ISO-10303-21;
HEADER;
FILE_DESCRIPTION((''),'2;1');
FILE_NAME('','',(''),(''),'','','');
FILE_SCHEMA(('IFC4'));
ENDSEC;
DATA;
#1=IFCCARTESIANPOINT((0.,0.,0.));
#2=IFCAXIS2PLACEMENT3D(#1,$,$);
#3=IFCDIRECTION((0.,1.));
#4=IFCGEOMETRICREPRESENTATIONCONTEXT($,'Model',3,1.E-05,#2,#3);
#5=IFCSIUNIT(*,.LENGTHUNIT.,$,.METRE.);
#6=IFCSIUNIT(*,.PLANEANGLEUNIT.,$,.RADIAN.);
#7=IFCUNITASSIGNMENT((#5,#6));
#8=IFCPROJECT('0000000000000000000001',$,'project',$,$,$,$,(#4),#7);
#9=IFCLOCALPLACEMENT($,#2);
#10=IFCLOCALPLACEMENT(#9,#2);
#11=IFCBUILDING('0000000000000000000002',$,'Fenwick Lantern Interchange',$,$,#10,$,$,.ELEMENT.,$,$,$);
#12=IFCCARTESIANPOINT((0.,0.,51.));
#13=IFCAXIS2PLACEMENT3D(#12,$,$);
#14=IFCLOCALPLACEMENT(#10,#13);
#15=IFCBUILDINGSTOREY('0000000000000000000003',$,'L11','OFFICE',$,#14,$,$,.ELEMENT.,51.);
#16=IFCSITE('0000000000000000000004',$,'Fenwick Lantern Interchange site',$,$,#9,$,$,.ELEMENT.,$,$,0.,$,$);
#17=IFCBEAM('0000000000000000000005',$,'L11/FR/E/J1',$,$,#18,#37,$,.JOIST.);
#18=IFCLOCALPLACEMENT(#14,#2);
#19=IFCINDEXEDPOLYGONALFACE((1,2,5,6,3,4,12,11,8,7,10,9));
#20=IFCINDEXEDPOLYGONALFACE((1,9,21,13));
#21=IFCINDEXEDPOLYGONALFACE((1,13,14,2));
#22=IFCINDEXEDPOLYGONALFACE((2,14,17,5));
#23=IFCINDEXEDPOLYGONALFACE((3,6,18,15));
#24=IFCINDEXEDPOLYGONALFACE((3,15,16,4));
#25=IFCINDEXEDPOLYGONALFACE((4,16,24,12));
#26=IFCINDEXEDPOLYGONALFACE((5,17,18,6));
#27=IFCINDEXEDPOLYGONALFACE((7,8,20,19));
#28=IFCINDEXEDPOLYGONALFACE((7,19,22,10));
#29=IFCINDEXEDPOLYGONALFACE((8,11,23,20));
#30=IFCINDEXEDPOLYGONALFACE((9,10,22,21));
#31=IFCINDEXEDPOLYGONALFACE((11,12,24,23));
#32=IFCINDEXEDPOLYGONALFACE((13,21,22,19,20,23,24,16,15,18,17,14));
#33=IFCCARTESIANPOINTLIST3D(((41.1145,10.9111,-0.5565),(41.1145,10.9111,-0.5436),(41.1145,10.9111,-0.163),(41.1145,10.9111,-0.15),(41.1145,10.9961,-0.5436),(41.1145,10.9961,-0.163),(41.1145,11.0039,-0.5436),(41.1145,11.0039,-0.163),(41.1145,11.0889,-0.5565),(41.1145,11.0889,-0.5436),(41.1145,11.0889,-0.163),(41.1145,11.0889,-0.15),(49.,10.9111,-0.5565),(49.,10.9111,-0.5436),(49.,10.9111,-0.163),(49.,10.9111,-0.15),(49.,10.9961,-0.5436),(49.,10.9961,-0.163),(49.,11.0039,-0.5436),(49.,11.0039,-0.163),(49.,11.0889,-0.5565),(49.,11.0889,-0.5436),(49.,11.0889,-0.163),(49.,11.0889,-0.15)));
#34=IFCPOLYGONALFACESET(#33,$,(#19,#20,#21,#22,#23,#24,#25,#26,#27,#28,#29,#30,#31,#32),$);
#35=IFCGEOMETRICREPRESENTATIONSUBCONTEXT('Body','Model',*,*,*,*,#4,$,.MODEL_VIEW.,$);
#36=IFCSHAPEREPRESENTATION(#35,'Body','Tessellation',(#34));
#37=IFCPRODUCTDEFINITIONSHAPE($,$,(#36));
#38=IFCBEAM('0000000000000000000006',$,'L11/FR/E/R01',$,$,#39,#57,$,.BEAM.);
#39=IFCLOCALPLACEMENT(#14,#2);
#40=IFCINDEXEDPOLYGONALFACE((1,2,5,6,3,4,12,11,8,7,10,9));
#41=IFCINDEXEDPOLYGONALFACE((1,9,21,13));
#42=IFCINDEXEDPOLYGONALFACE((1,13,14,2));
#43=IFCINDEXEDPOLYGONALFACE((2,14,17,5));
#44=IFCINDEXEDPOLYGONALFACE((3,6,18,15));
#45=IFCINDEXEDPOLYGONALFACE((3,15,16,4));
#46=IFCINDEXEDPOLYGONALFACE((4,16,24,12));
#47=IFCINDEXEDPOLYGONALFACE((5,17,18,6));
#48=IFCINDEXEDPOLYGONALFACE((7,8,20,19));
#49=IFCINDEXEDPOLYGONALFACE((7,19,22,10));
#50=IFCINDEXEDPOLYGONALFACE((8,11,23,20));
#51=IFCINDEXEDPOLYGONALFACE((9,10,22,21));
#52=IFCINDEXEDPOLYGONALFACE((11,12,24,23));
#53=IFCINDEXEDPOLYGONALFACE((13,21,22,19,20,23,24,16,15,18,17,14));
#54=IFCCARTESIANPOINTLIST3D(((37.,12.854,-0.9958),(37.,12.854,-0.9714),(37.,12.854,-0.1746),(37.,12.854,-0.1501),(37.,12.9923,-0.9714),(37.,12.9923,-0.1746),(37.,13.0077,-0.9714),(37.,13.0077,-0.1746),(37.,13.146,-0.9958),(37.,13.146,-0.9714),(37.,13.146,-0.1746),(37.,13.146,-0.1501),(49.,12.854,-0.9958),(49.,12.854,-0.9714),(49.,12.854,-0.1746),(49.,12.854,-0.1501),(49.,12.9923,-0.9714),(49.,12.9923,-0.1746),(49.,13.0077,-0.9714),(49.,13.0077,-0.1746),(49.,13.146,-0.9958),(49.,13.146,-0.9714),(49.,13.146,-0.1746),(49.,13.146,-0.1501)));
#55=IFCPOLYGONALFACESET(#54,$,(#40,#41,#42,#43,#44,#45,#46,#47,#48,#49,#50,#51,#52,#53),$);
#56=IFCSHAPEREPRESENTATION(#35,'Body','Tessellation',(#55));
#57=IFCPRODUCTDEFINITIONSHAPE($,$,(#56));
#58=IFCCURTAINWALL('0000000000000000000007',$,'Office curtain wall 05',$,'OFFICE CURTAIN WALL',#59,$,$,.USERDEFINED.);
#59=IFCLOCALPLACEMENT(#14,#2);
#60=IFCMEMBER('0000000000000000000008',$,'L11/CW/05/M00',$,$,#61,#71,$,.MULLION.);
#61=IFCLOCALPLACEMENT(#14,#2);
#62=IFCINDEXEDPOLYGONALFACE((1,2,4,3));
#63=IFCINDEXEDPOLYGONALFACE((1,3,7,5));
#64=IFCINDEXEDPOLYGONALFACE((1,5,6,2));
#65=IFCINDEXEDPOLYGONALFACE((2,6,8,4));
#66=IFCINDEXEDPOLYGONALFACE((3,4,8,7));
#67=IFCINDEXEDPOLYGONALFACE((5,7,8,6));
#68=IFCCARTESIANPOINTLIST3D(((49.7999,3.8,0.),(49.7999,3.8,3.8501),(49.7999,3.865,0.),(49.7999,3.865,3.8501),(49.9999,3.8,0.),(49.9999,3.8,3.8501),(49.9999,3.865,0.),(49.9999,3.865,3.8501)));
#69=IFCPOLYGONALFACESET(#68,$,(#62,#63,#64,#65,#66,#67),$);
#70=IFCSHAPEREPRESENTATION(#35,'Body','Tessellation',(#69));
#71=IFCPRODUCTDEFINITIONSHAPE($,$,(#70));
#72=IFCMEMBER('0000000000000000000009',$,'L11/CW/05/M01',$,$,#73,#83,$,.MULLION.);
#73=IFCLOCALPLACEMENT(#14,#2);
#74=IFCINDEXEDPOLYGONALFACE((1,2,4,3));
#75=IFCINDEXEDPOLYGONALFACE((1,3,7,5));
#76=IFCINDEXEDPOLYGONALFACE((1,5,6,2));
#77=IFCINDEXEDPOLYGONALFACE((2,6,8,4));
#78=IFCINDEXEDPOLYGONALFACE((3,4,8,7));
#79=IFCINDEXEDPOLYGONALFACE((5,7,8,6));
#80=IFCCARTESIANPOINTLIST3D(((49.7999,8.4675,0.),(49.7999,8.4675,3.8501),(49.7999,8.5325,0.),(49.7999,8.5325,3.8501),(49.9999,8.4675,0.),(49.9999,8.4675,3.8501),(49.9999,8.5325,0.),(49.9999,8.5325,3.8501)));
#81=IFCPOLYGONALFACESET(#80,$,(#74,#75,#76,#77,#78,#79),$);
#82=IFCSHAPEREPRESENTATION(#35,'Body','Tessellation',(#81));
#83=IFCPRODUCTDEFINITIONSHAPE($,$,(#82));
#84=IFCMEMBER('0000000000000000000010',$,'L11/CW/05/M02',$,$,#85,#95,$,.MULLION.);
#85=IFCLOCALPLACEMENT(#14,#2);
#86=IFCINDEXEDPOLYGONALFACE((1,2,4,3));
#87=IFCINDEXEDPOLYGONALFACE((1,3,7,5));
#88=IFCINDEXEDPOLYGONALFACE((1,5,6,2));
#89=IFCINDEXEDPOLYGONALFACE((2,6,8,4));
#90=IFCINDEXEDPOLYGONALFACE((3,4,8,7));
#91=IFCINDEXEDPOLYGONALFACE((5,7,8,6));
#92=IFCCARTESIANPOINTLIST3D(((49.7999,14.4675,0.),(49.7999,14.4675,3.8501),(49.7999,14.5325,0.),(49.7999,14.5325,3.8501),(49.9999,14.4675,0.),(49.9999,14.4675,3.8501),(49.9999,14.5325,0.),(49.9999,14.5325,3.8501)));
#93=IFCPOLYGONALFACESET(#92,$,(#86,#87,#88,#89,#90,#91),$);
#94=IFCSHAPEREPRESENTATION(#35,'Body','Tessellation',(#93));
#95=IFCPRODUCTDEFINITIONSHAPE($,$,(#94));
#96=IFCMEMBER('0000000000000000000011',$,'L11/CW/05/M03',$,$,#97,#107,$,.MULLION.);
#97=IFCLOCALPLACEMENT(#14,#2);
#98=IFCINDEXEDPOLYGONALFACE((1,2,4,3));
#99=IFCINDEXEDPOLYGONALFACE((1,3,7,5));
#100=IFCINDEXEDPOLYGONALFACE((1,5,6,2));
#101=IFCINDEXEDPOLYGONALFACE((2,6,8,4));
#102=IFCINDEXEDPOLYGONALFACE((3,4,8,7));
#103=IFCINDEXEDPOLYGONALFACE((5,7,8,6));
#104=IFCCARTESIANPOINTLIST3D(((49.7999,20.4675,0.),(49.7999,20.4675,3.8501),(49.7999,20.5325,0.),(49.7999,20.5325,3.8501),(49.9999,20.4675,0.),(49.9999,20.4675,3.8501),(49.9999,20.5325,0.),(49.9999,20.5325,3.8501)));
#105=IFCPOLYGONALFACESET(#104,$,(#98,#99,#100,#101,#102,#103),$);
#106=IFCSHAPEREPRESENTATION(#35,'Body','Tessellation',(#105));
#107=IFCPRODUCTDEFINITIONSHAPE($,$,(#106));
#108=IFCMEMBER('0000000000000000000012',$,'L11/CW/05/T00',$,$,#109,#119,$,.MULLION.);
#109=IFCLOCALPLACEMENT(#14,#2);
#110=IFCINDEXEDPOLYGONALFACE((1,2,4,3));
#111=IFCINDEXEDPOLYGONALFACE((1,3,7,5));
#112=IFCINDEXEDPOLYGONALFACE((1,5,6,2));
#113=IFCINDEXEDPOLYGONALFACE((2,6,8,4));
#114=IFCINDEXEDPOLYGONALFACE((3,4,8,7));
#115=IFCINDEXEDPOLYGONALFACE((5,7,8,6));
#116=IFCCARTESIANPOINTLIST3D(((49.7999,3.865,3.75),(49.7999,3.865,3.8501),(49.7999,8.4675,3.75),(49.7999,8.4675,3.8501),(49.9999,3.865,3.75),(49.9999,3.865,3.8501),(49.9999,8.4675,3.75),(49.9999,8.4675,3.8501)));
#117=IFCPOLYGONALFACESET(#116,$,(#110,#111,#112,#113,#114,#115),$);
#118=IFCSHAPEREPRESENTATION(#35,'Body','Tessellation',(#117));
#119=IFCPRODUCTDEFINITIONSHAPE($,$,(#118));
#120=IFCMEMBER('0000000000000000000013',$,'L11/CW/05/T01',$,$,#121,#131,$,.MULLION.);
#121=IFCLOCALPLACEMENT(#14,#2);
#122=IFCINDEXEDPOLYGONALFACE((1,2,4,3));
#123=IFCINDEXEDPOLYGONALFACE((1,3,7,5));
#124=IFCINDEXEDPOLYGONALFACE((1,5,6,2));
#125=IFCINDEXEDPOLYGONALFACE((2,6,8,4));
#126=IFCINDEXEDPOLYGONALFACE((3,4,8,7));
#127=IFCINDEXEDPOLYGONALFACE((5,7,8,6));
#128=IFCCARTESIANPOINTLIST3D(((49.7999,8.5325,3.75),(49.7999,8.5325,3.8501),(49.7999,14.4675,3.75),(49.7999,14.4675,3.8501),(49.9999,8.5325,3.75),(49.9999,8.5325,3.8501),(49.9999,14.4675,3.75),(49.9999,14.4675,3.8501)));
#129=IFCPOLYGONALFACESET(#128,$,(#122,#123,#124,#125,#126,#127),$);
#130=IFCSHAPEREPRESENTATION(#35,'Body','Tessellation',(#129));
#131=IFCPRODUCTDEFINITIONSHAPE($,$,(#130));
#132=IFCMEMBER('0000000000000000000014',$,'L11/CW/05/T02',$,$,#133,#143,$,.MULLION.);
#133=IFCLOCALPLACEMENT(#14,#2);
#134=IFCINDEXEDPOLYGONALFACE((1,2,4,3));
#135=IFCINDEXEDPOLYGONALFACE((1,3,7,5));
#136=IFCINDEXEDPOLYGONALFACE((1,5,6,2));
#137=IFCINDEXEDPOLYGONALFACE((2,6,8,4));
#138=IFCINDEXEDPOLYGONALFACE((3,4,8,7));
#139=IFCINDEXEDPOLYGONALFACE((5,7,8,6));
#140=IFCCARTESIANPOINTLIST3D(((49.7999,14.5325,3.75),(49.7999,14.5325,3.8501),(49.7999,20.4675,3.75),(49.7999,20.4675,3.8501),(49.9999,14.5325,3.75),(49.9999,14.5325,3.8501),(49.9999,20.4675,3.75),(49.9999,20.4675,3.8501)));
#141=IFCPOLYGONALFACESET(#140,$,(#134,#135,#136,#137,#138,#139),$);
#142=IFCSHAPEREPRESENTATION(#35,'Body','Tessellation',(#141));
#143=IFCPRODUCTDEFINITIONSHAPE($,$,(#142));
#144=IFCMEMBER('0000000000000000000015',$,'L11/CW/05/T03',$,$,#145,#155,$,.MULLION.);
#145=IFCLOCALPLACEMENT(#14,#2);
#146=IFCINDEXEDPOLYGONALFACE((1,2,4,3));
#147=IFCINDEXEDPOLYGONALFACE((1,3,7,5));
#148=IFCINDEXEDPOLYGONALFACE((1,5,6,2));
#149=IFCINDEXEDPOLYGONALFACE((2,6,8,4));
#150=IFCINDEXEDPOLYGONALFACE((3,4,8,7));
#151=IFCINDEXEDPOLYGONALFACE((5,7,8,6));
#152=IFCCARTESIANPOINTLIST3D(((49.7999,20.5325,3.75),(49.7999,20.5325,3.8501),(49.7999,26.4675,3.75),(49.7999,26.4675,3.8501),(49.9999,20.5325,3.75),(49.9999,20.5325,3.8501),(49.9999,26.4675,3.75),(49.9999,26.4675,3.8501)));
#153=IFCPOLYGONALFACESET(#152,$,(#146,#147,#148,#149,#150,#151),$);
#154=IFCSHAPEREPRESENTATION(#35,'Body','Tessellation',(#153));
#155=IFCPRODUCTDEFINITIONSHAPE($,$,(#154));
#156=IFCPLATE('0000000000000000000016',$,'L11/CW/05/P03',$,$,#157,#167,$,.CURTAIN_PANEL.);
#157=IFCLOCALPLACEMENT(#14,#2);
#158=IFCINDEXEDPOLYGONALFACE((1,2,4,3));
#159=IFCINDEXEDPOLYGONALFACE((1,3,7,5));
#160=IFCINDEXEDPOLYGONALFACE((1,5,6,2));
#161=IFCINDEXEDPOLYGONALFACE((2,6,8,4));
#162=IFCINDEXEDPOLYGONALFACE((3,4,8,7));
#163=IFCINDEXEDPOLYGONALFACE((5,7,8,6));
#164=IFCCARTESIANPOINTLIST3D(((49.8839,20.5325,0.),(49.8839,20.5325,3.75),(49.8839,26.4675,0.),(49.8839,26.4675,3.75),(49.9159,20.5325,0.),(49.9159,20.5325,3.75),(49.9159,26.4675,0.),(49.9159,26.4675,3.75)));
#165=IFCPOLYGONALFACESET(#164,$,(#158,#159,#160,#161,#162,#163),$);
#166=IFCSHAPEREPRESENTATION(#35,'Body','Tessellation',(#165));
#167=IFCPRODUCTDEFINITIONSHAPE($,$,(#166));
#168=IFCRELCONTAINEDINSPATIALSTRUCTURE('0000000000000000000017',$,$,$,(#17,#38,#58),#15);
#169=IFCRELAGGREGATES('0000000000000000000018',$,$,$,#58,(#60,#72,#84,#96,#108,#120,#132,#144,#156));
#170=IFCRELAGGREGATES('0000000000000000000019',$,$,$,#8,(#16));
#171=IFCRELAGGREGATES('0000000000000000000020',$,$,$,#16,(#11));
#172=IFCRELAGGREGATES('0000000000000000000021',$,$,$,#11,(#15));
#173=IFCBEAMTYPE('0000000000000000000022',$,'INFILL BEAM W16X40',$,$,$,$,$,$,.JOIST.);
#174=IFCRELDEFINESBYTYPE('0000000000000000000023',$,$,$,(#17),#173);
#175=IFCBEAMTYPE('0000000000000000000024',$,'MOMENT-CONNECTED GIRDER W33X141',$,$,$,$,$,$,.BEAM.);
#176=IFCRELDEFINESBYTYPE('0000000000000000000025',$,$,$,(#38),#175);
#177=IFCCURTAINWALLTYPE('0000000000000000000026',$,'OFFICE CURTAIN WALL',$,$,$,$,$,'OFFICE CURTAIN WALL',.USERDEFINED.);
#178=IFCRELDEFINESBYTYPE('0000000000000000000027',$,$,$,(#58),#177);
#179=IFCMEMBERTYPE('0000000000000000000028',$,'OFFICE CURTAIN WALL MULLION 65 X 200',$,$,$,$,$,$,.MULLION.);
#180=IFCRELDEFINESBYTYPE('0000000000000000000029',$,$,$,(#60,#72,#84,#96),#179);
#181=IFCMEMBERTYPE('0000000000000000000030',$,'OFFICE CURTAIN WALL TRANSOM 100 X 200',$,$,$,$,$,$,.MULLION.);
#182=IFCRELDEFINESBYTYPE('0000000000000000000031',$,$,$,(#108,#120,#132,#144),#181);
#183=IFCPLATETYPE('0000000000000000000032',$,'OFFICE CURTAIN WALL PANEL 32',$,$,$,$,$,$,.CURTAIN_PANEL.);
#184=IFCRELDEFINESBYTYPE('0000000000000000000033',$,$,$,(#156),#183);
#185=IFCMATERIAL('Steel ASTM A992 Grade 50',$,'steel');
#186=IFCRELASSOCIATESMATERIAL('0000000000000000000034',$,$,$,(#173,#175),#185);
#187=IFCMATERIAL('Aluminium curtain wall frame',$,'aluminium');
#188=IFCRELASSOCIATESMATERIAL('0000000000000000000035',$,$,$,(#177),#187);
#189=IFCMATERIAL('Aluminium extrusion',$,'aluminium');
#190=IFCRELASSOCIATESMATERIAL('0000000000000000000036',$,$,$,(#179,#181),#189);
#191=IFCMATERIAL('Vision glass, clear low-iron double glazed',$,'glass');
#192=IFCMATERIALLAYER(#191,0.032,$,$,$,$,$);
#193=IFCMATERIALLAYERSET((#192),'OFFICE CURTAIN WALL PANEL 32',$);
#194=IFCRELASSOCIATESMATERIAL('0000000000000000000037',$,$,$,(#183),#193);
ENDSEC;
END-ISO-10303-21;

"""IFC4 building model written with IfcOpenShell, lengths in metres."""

from ifc_helpers import new_model, si_unit, direction, frame, origin, origin_2d, place, context, subcontext, project, spatial, rectangle, i_section, extrude, material, layer, layer_set, material_profile, profile_set, type_object, element, aggregate, save


model = new_model("IFC4")

# Units and contexts
model_context = context("Model", 3, precision=1e-05, world=origin(), true_north=direction((0.0, 1.0)))
body_context = subcontext(model_context, "Body", "Model", "MODEL_VIEW")
ifc_project = project(units=[si_unit("LENGTHUNIT", "METRE"), si_unit("PLANEANGLEUNIT", "RADIAN")], contexts=[model_context])

# Site, building, storey
site_placement = place(None, origin())
site = spatial("IfcSite", under=ifc_project, at=site_placement, Name="Fenwick Lantern Interchange site", CompositionType="ELEMENT", RefElevation=0.0)
building_placement = place(site_placement, origin())
building = spatial("IfcBuilding", under=site, at=building_placement, Name="Fenwick Lantern Interchange", CompositionType="ELEMENT")
storey_placement = place(building_placement, frame((0.0, 0.0, 51.0)))
storey = spatial("IfcBuildingStorey", under=building, at=storey_placement, Name="L11", Description="OFFICE", CompositionType="ELEMENT", Elevation=51.0)

# Beams
ifc_material_1 = material(Name="Steel ASTM A992 Grade 50", Category="steel")
ifc_material_profile_1 = material_profile(ifc_material_1, i_section(OverallWidth=0.1777, OverallDepth=0.4065, WebThickness=0.0078, FlangeThickness=0.0129, at=origin_2d()), Name="W16X40")
ifc_profile_set_1 = profile_set([ifc_material_profile_1], Name="Steel ASTM A992 Grade 50")
beam_type_1 = type_object("IfcBeamType", Name="INFILL BEAM W16X40", PredefinedType="JOIST", material=ifc_profile_set_1)
beam_1_placement = place(storey_placement, frame((49.0, 11.0, -0.3533), z_axis=(-1.0, 0.0, 0.0), x_axis=(0.0, -1.0, 0.0)))
element("IfcBeam", 1, at=beam_1_placement, inside=storey, type_object=beam_type_1, Name="L11/FR/E/J1", PredefinedType="JOIST", context=body_context, shape_type="SweptSolid", body=[
    extrude(i_section(OverallWidth=0.1777, OverallDepth=0.4065, WebThickness=0.0078, FlangeThickness=0.0129, at=origin_2d()), origin(), (0.0, 0.0, 1.0), 7.8855),
])
ifc_material_profile_2 = material_profile(ifc_material_1, i_section(OverallWidth=0.292, OverallDepth=0.8457, WebThickness=0.0154, FlangeThickness=0.0244, at=origin_2d()), Name="W33X141")
ifc_profile_set_2 = profile_set([ifc_material_profile_2], Name="Steel ASTM A992 Grade 50")
beam_type_2 = type_object("IfcBeamType", Name="MOMENT-CONNECTED GIRDER W33X141", PredefinedType="BEAM", material=ifc_profile_set_2)
beam_2_placement = place(storey_placement, frame((49.0, 13.0, -0.573), z_axis=(-1.0, 0.0, 0.0), x_axis=(0.0, -1.0, 0.0)))
element("IfcBeam", 2, at=beam_2_placement, inside=storey, type_object=beam_type_2, Name="L11/FR/E/R01", PredefinedType="BEAM", context=body_context, shape_type="SweptSolid", body=[
    extrude(i_section(OverallWidth=0.292, OverallDepth=0.8457, WebThickness=0.0154, FlangeThickness=0.0244, at=origin_2d()), origin(), (0.0, 0.0, 1.0), 12.0),
])

# Curtain wall, members, plate
ifc_material_2 = material(Name="Aluminium curtain wall frame", Category="aluminium")
curtain_wall_type = type_object("IfcCurtainWallType", Name="OFFICE CURTAIN WALL", ElementType="OFFICE CURTAIN WALL", PredefinedType="USERDEFINED", material=ifc_material_2)
curtain_wall_placement = place(storey_placement, origin())
curtain_wall = element("IfcCurtainWall", 3, at=curtain_wall_placement, inside=storey, type_object=curtain_wall_type, Name="Office curtain wall 05", ObjectType="OFFICE CURTAIN WALL", PredefinedType="USERDEFINED")
ifc_material_3 = material(Name="Aluminium extrusion", Category="aluminium")
ifc_material_profile_3 = material_profile(ifc_material_3, rectangle(XDim=0.2, YDim=0.0649, at=origin_2d()), Name="OFFICE CURTAIN WALL MULLION 65 X 200")
ifc_profile_set_3 = profile_set([ifc_material_profile_3], Name="Aluminium extrusion")
member_type_1 = type_object("IfcMemberType", Name="OFFICE CURTAIN WALL MULLION 65 X 200", PredefinedType="MULLION", material=ifc_profile_set_3)
member_1_placement = place(storey_placement, frame((49.8999, 3.8325, 0.0), z_axis=(0.0, 0.0, 1.0), x_axis=(-1.0, 0.0, 0.0)))
member_1 = element("IfcMember", 4, at=member_1_placement, type_object=member_type_1, Name="L11/CW/05/M00", PredefinedType="MULLION", context=body_context, shape_type="SweptSolid", body=[
    extrude(rectangle(XDim=0.2, YDim=0.0649, at=origin_2d()), origin(), (0.0, 0.0, 1.0), 3.8501),
])
member_2_placement = place(storey_placement, frame((49.8999, 8.5, 0.0), z_axis=(0.0, 0.0, 1.0), x_axis=(-1.0, 0.0, 0.0)))
member_2 = element("IfcMember", 5, at=member_2_placement, type_object=member_type_1, Name="L11/CW/05/M01", PredefinedType="MULLION", context=body_context, shape_type="SweptSolid", body=[
    extrude(rectangle(XDim=0.2, YDim=0.0649, at=origin_2d()), origin(), (0.0, 0.0, 1.0), 3.8501),
])
member_3_placement = place(storey_placement, frame((49.8999, 14.5, 0.0), z_axis=(0.0, 0.0, 1.0), x_axis=(-1.0, 0.0, 0.0)))
member_3 = element("IfcMember", 6, at=member_3_placement, type_object=member_type_1, Name="L11/CW/05/M02", PredefinedType="MULLION", context=body_context, shape_type="SweptSolid", body=[
    extrude(rectangle(XDim=0.2, YDim=0.0649, at=origin_2d()), origin(), (0.0, 0.0, 1.0), 3.8501),
])
member_4_placement = place(storey_placement, frame((49.8999, 20.5, 0.0), z_axis=(0.0, 0.0, 1.0), x_axis=(-1.0, 0.0, 0.0)))
member_4 = element("IfcMember", 7, at=member_4_placement, type_object=member_type_1, Name="L11/CW/05/M03", PredefinedType="MULLION", context=body_context, shape_type="SweptSolid", body=[
    extrude(rectangle(XDim=0.2, YDim=0.0649, at=origin_2d()), origin(), (0.0, 0.0, 1.0), 3.8501),
])
ifc_material_profile_4 = material_profile(ifc_material_3, rectangle(XDim=0.2, YDim=0.1001, at=origin_2d()), Name="OFFICE CURTAIN WALL TRANSOM 100 X 200")
ifc_profile_set_4 = profile_set([ifc_material_profile_4], Name="Aluminium extrusion")
member_type_2 = type_object("IfcMemberType", Name="OFFICE CURTAIN WALL TRANSOM 100 X 200", PredefinedType="MULLION", material=ifc_profile_set_4)
member_5_placement = place(storey_placement, frame((49.8999, 3.865, 3.8), z_axis=(0.0, 1.0, 0.0), x_axis=(-1.0, 0.0, 0.0)))
member_5 = element("IfcMember", 8, at=member_5_placement, type_object=member_type_2, Name="L11/CW/05/T00", PredefinedType="MULLION", context=body_context, shape_type="SweptSolid", body=[
    extrude(rectangle(XDim=0.2, YDim=0.1001, at=origin_2d()), origin(), (0.0, 0.0, 1.0), 4.6025),
])
member_6_placement = place(storey_placement, frame((49.8999, 8.5325, 3.8), z_axis=(0.0, 1.0, 0.0), x_axis=(-1.0, 0.0, 0.0)))
member_6 = element("IfcMember", 9, at=member_6_placement, type_object=member_type_2, Name="L11/CW/05/T01", PredefinedType="MULLION", context=body_context, shape_type="SweptSolid", body=[
    extrude(rectangle(XDim=0.2, YDim=0.1001, at=origin_2d()), origin(), (0.0, 0.0, 1.0), 5.9351),
])
member_7_placement = place(storey_placement, frame((49.8999, 14.5325, 3.8), z_axis=(0.0, 1.0, 0.0), x_axis=(-1.0, 0.0, 0.0)))
member_7 = element("IfcMember", 10, at=member_7_placement, type_object=member_type_2, Name="L11/CW/05/T02", PredefinedType="MULLION", context=body_context, shape_type="SweptSolid", body=[
    extrude(rectangle(XDim=0.2, YDim=0.1001, at=origin_2d()), origin(), (0.0, 0.0, 1.0), 5.9351),
])
member_8_placement = place(storey_placement, frame((49.8999, 20.5325, 3.8), z_axis=(0.0, 1.0, 0.0), x_axis=(-1.0, 0.0, 0.0)))
member_8 = element("IfcMember", 11, at=member_8_placement, type_object=member_type_2, Name="L11/CW/05/T03", PredefinedType="MULLION", context=body_context, shape_type="SweptSolid", body=[
    extrude(rectangle(XDim=0.2, YDim=0.1001, at=origin_2d()), origin(), (0.0, 0.0, 1.0), 5.9351),
])
ifc_material_4 = material(Name="Vision glass, clear low-iron double glazed", Category="glass")
ifc_layer_1 = layer(ifc_material_4, 0.032)
ifc_layer_set_1 = layer_set([ifc_layer_1], Name="OFFICE CURTAIN WALL PANEL 32")
plate_type = type_object("IfcPlateType", Name="OFFICE CURTAIN WALL PANEL 32", PredefinedType="CURTAIN_PANEL", material=ifc_layer_set_1)
plate_1_placement = place(storey_placement, frame((49.8999, 23.5, 0.0), z_axis=(0.0, 0.0, 1.0), x_axis=(0.0, 1.0, 0.0)))
plate_1 = element("IfcPlate", 12, at=plate_1_placement, type_object=plate_type, Name="L11/CW/05/P03", PredefinedType="CURTAIN_PANEL", context=body_context, shape_type="SweptSolid", body=[
    extrude(rectangle(XDim=5.9351, YDim=0.032, at=origin_2d()), origin(), (0.0, 0.0, 1.0), 3.75),
])
aggregate(curtain_wall, [member_1, member_2, member_3, member_4, member_5, member_6, member_7, member_8, plate_1])

save(model, "model.ifc")
